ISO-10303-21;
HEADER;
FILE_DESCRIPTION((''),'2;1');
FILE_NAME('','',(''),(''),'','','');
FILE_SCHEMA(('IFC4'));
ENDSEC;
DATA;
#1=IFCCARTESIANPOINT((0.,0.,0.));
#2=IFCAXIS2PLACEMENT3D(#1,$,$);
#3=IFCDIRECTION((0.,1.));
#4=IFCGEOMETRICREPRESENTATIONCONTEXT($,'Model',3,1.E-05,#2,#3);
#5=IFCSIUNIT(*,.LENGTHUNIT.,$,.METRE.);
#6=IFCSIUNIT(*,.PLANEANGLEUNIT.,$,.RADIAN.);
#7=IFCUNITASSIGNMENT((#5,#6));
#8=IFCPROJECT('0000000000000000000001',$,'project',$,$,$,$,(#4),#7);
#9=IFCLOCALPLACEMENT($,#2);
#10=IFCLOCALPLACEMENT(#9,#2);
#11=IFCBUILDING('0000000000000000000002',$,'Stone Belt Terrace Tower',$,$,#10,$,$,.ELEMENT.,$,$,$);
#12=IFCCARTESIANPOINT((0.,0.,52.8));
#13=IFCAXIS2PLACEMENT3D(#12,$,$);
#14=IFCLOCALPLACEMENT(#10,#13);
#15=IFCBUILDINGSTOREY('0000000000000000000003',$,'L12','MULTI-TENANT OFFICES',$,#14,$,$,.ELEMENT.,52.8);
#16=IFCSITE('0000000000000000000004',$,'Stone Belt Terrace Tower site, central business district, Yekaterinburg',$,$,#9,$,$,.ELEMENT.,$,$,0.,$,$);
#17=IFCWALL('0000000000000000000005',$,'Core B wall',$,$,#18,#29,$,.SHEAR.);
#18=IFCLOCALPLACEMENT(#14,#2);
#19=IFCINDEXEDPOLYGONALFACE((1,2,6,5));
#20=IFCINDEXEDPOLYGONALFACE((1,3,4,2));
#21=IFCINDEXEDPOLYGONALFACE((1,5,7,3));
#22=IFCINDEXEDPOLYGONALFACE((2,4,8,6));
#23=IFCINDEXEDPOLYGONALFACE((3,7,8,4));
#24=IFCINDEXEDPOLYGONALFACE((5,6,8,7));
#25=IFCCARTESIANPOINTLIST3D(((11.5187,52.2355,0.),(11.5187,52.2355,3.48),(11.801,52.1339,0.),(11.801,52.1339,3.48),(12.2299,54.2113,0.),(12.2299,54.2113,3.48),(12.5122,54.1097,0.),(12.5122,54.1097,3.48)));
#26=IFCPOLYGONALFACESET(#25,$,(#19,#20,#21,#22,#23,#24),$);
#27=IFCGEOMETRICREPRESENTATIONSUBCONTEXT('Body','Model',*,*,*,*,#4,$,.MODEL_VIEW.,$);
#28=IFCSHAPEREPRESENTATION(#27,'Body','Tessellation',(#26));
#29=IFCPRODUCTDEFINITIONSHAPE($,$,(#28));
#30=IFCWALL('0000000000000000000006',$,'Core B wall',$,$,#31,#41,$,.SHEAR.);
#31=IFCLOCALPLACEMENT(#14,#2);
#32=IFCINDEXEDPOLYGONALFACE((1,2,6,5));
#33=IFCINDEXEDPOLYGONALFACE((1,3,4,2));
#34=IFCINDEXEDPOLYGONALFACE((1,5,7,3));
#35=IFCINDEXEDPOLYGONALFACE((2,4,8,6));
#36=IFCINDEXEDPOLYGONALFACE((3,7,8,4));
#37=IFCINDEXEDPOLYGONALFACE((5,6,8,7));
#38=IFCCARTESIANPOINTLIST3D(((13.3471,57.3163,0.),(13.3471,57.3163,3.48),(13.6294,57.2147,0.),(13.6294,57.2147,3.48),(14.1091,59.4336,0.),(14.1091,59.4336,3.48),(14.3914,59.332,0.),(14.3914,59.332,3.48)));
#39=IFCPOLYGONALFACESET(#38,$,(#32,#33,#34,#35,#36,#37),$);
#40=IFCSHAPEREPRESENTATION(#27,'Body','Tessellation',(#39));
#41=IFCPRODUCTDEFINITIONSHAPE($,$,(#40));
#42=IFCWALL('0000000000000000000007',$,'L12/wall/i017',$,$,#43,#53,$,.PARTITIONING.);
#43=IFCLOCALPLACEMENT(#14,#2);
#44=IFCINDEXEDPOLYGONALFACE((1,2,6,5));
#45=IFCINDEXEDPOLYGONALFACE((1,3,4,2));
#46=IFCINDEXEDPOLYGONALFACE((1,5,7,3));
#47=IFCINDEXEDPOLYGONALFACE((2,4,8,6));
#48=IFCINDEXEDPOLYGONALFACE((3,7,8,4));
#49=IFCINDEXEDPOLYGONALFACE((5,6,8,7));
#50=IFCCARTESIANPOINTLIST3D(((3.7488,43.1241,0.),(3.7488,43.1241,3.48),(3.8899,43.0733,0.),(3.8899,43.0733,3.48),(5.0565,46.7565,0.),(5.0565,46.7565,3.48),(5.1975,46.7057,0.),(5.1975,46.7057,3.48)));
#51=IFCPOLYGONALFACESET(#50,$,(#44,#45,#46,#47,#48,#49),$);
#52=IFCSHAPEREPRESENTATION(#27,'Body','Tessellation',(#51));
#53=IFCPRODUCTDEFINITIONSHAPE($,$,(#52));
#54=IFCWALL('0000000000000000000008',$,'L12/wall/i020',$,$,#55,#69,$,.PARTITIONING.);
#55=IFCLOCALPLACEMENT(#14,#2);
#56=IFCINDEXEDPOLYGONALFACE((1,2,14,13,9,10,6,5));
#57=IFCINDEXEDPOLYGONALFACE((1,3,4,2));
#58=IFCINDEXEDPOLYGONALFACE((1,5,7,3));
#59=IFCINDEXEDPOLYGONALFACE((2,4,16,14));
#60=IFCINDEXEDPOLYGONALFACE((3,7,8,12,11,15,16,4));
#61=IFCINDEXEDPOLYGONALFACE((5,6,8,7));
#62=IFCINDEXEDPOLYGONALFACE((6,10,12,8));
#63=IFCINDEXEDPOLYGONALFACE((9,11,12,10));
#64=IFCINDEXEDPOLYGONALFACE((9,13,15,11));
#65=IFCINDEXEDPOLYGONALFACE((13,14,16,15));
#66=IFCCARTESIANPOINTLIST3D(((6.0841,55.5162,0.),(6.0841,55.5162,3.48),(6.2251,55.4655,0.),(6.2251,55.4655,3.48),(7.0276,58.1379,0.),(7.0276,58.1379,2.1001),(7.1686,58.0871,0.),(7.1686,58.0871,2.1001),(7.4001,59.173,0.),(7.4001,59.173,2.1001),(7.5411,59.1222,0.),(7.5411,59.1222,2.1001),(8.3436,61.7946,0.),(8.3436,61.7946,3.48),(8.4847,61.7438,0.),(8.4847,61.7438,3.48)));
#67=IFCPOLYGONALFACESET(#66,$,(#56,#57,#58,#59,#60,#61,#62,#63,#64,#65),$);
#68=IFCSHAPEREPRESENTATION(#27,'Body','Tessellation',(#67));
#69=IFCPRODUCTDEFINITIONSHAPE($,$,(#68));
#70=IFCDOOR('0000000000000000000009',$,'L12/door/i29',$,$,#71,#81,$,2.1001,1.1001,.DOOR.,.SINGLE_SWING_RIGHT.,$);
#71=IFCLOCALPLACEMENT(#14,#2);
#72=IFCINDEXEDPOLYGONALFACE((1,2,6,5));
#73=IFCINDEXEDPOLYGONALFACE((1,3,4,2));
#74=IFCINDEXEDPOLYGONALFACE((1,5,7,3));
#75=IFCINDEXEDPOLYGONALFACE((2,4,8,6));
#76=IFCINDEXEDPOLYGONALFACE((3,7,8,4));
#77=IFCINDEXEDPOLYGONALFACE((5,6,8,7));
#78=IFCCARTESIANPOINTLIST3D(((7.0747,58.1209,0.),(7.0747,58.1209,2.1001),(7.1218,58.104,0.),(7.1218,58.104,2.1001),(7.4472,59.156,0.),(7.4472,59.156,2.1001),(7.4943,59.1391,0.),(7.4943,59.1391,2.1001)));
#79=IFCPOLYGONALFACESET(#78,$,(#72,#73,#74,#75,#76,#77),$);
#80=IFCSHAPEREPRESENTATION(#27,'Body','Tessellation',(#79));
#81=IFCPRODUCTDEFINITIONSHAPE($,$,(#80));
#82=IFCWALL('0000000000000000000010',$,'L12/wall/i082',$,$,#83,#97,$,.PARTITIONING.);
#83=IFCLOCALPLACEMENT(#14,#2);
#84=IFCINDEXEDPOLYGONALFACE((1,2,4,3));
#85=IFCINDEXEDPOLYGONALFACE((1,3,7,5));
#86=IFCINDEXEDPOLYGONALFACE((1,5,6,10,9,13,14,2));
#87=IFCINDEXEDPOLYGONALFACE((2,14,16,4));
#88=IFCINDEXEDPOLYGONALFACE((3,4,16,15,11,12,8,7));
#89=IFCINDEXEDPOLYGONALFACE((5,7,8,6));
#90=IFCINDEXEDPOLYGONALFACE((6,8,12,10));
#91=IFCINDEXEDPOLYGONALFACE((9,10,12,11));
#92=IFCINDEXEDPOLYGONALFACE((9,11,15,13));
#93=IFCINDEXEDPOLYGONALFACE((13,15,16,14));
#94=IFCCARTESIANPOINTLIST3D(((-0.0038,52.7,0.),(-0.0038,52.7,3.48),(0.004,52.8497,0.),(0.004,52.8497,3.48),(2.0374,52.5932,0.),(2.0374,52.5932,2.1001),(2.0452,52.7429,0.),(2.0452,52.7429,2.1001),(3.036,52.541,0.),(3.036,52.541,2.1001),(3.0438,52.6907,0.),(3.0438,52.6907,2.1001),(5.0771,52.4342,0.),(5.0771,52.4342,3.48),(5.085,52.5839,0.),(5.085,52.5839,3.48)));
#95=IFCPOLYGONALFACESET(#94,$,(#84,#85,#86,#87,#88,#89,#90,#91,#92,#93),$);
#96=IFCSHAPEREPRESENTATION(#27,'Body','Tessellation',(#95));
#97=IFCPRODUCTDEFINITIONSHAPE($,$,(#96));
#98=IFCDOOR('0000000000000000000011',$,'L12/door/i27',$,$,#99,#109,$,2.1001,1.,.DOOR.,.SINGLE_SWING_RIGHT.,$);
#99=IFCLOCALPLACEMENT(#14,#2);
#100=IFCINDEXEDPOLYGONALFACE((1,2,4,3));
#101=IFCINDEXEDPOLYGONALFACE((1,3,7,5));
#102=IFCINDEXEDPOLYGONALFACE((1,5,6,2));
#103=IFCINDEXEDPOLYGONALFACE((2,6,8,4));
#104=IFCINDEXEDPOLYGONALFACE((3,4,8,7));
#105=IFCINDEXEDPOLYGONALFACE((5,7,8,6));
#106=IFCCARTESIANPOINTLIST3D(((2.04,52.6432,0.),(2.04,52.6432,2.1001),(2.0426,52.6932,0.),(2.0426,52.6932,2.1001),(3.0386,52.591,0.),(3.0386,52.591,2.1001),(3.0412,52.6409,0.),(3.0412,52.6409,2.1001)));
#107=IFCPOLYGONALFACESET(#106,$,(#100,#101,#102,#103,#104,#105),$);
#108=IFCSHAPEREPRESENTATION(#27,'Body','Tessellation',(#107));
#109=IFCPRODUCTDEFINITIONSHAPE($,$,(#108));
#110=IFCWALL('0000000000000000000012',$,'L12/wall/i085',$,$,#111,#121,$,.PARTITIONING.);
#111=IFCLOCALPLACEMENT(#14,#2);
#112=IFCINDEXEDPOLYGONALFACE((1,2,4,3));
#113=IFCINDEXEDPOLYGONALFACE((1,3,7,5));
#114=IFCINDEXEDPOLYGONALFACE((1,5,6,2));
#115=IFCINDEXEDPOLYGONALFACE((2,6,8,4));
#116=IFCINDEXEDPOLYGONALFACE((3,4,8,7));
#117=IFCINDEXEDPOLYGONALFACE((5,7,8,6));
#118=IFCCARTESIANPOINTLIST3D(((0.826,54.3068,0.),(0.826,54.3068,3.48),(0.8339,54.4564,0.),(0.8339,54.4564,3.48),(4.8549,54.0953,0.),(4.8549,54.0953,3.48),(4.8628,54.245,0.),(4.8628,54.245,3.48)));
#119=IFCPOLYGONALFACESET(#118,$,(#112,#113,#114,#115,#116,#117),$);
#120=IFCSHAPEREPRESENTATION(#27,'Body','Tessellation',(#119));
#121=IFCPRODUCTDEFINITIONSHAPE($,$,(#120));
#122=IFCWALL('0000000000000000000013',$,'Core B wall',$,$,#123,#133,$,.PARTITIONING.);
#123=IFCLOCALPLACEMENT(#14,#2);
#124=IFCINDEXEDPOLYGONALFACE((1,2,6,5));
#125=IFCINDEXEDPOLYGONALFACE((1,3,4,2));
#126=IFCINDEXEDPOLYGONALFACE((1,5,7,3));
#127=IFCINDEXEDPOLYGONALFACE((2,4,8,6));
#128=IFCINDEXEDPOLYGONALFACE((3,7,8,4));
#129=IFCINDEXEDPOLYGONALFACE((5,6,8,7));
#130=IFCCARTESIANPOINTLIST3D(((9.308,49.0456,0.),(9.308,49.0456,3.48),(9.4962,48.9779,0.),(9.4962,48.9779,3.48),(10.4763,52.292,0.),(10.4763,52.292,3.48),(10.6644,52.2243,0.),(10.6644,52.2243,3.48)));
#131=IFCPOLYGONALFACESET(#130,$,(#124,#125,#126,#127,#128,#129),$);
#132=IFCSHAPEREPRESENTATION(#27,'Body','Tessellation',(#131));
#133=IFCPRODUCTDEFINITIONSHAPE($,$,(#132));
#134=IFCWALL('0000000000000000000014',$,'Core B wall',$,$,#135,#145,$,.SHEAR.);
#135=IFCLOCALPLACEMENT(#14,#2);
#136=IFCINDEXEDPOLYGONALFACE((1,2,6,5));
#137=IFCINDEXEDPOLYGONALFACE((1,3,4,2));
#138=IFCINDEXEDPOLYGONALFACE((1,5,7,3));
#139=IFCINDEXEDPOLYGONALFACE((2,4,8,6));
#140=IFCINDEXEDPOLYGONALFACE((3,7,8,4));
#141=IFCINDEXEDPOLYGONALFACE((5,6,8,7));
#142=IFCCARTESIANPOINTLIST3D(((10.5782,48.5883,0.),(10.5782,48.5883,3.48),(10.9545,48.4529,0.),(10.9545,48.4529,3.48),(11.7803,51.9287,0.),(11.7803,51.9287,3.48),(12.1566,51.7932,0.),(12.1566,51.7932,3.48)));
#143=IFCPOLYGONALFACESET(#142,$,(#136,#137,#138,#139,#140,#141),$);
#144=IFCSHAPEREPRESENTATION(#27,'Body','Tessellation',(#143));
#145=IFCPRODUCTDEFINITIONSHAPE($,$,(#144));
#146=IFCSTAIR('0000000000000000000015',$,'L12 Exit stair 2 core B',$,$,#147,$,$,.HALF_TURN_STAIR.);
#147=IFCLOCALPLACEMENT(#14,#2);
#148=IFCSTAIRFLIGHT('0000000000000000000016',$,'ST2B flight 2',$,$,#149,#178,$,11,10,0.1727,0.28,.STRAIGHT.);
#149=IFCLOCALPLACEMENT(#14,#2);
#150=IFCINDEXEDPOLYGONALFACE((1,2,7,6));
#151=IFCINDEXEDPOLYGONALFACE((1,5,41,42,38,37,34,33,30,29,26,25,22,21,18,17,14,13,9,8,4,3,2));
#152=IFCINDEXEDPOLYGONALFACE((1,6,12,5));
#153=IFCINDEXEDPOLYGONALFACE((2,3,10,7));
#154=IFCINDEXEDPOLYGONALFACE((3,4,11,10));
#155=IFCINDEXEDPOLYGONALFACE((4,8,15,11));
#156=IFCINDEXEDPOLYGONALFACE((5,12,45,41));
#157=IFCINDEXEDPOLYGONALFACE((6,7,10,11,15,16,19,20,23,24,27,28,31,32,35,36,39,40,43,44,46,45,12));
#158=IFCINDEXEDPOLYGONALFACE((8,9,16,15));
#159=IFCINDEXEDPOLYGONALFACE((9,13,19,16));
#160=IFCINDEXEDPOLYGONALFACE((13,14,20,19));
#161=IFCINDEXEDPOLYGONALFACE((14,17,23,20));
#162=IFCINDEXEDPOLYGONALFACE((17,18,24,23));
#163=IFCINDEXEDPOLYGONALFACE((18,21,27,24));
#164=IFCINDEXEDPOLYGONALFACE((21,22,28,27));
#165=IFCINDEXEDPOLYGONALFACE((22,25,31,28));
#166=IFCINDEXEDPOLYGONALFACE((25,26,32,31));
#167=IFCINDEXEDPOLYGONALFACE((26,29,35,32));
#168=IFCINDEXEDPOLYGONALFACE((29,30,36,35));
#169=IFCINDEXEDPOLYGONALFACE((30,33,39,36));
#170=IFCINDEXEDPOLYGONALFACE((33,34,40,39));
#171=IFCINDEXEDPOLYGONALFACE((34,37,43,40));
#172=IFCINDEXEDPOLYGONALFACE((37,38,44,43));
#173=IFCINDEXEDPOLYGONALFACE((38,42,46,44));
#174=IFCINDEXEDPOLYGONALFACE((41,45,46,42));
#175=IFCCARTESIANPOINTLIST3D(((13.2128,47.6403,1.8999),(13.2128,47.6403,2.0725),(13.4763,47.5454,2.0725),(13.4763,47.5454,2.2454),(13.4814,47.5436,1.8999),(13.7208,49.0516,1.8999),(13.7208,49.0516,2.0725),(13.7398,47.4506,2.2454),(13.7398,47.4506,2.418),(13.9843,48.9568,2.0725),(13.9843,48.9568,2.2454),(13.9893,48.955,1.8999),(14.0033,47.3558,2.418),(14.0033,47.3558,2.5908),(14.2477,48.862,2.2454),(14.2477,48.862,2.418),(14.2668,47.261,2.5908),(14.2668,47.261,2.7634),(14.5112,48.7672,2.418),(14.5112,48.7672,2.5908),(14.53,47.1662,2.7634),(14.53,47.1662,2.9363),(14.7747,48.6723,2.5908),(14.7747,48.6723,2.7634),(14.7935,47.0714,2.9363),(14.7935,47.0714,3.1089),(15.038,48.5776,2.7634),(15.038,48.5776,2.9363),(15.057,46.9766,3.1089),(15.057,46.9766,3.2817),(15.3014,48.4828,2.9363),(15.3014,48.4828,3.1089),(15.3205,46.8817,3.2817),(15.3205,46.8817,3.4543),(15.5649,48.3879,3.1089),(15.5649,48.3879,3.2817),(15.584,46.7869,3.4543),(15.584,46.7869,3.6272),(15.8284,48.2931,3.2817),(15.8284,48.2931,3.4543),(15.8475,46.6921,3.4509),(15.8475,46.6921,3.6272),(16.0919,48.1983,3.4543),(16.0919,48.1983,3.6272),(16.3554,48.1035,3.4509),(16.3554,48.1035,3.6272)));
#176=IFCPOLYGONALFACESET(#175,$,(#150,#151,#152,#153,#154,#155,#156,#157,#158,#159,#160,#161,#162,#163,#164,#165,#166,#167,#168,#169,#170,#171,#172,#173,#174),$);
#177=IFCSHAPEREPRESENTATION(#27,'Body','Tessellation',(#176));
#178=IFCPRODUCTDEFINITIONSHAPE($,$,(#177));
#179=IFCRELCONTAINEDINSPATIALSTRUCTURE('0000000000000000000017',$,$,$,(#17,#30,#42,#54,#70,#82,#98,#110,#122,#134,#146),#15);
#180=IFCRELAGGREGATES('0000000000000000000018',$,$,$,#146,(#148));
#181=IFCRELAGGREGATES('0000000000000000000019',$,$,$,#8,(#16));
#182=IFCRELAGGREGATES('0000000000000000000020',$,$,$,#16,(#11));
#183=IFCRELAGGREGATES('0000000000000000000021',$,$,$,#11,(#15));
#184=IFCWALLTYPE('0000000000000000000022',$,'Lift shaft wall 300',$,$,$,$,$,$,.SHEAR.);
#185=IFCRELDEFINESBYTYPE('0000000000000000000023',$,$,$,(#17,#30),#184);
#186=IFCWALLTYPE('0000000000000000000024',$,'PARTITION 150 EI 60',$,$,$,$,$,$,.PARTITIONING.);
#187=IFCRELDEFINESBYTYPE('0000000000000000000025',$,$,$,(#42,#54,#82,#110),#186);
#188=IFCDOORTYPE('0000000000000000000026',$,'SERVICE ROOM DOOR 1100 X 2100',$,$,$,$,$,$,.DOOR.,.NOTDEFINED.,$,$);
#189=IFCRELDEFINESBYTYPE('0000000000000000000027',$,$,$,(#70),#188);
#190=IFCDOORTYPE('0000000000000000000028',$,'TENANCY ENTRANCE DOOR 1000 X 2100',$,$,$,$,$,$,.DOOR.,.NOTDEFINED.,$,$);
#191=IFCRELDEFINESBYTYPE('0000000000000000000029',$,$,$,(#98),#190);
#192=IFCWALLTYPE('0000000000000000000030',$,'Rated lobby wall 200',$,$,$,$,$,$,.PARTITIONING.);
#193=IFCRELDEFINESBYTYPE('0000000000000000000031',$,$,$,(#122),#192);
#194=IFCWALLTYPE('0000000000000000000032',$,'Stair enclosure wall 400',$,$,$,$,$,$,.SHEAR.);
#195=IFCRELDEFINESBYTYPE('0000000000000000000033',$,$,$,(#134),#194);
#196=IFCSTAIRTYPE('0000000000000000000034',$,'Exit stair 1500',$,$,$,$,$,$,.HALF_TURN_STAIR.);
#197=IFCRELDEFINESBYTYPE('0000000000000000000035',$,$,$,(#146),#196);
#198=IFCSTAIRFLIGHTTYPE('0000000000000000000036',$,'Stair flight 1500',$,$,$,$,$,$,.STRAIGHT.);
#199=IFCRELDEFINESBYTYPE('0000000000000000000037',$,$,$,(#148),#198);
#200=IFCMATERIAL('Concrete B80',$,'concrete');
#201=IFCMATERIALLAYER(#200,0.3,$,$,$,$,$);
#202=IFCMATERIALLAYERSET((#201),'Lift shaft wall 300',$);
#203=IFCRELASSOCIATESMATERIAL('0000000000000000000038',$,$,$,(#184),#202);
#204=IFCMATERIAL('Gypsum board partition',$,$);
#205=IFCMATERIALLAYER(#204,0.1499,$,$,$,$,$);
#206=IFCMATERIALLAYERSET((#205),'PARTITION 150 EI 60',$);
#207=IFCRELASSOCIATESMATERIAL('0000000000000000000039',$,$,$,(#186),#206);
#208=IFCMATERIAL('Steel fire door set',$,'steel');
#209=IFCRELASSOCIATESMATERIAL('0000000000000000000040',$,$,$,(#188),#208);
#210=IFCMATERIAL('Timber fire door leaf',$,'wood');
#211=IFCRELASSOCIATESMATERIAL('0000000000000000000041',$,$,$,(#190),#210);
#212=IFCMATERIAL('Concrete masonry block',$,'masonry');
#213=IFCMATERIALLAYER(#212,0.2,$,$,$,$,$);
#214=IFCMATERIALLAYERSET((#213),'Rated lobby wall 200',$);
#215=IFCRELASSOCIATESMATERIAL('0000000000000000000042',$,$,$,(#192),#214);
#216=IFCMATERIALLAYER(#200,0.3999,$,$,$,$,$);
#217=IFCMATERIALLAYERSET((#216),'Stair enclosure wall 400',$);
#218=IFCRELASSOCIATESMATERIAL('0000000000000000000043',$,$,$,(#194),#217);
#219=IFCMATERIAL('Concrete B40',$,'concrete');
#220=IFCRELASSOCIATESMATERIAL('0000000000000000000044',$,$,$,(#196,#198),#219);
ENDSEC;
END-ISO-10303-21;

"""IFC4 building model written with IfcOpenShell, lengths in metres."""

from ifc_helpers import new_model, si_unit, direction, frame, frame_2d, origin, place, context, subcontext, project, spatial, polyline, rectangle, outline, extrude, material, layer, layer_set, type_object, element, fill, aggregate, save


model = new_model("IFC4")

# Units and contexts
model_context = context("Model", 3, precision=1e-05, world=origin(), true_north=direction((0.0, 1.0)))
body_context = subcontext(model_context, "Body", "Model", "MODEL_VIEW")
ifc_project = project(units=[si_unit("LENGTHUNIT", "METRE"), si_unit("PLANEANGLEUNIT", "RADIAN")], contexts=[model_context])

# Site, building, storey
site_placement = place(None, origin())
site = spatial("IfcSite", under=ifc_project, at=site_placement, Name="Stone Belt Terrace Tower site, central business district, Yekaterinburg", CompositionType="ELEMENT", RefElevation=0.0)
building_placement = place(site_placement, origin())
building = spatial("IfcBuilding", under=site, at=building_placement, Name="Stone Belt Terrace Tower", CompositionType="ELEMENT")
storey_placement = place(building_placement, frame((0.0, 0.0, 52.8)))
storey = spatial("IfcBuildingStorey", under=building, at=storey_placement, Name="L12", Description="MULTI-TENANT OFFICES", CompositionType="ELEMENT", Elevation=52.8)

# Shared definitions
ifc_material_1 = material(Name="Concrete B80", Category="concrete")

# Walls
ifc_layer_1 = layer(ifc_material_1, 0.3)
ifc_layer_set_1 = layer_set([ifc_layer_1], Name="Lift shaft wall 300")
wall_type_1 = type_object("IfcWallType", Name="Lift shaft wall 300", PredefinedType="SHEAR", material=ifc_layer_set_1)
wall_1_placement = place(storey_placement, frame((11.6599, 52.1848, 0.0), z_axis=(0.0, 0.0, 1.0), x_axis=(0.33867, 0.940905, 0.0)))
element("IfcWall", 1, at=wall_1_placement, inside=storey, type_object=wall_type_1, Name="Core B wall", PredefinedType="SHEAR", context=body_context, shape_type="SweptSolid", body=[
    extrude(rectangle(XDim=2.0999, YDim=0.3, at=frame_2d((1.0498, 0.0))), origin(), (0.0, 0.0, 1.0), 3.48),
])
wall_2_placement = place(storey_placement, frame((13.4883, 57.2656, 0.0), z_axis=(0.0, 0.0, 1.0), x_axis=(0.338631, 0.940919, 0.0)))
element("IfcWall", 2, at=wall_2_placement, inside=storey, type_object=wall_type_1, Name="Core B wall", PredefinedType="SHEAR", context=body_context, shape_type="SweptSolid", body=[
    extrude(rectangle(XDim=2.2502, YDim=0.3, at=frame_2d((1.125, 0.0))), origin(), (0.0, 0.0, 1.0), 3.48),
])
ifc_material_2 = material(Name="Gypsum board partition")
ifc_layer_2 = layer(ifc_material_2, 0.1499)
ifc_layer_set_2 = layer_set([ifc_layer_2], Name="PARTITION 150 EI 60")
wall_type_2 = type_object("IfcWallType", Name="PARTITION 150 EI 60", PredefinedType="PARTITIONING", material=ifc_layer_set_2)
wall_3_placement = place(storey_placement, frame((5.127, 46.731, 0.0), z_axis=(0.0, 0.0, 1.0), x_axis=(-0.338715, -0.940889, 0.0)))
element("IfcWall", 3, at=wall_3_placement, inside=storey, type_object=wall_type_2, Name="L12/wall/i017", PredefinedType="PARTITIONING", context=body_context, shape_type="SweptSolid", body=[
    extrude(rectangle(XDim=3.8606, YDim=0.1499, at=frame_2d((1.9302, 0.0))), origin(), (0.0, 0.0, 1.0), 3.48),
])

# Walls, openings, doors
wall_4_placement = place(storey_placement, frame((6.1545, 55.4907, 0.0), z_axis=(0.0, 0.0, 1.0), x_axis=(0.33863, 0.94092, 0.0)))
wall_4 = element("IfcWall", 4, at=wall_4_placement, inside=storey, type_object=wall_type_2, Name="L12/wall/i020", PredefinedType="PARTITIONING", context=body_context, shape_type="SweptSolid", body=[
    extrude(rectangle(XDim=6.6726, YDim=0.1499, at=frame_2d((3.3364, 0.0))), origin(), (0.0, 0.0, 1.0), 3.48),
])
opening_1_placement = place(wall_4_placement, frame((2.7864, 0.0, 0.0)))
opening_1 = element("IfcOpeningElement", 5, at=opening_1_placement, cuts=wall_4, PredefinedType="OPENING", context=body_context, shape_type="SweptSolid", body=[
    extrude(rectangle(XDim=1.1001, YDim=2.1001, at=frame_2d((0.55, 1.05))), frame((0.0, 0.085, 0.0), z_axis=(0.0, -1.0, 0.0), x_axis=(1.0, 0.0, 0.0)), (0.0, 0.0, 1.0), 0.1699),
])
ifc_material_3 = material(Name="Steel fire door set", Category="steel")
door_type_1 = type_object("IfcDoorType", Name="SERVICE ROOM DOOR 1100 X 2100", OperationType="NOTDEFINED", PredefinedType="DOOR", material=ifc_material_3)
door_1_placement = place(opening_1_placement, origin())
door_1 = element("IfcDoor", 6, at=door_1_placement, inside=storey, type_object=door_type_1, Name="L12/door/i29", OperationType="SINGLE_SWING_RIGHT", OverallHeight=2.1001, OverallWidth=1.1001, PredefinedType="DOOR", context=body_context, shape_type="SweptSolid", body=[
    extrude(rectangle(XDim=1.1001, YDim=2.1001, at=frame_2d((0.55, 1.05))), frame((0.0, 0.0249, 0.0), z_axis=(0.0, -1.0, 0.0), x_axis=(1.0, 0.0, 0.0)), (0.0, 0.0, 1.0), 0.05),
])
fill(opening_1, door_1)
wall_5_placement = place(storey_placement, frame((5.0811, 52.509, 0.0), z_axis=(0.0, 0.0, 1.0), x_axis=(-0.998634, 0.052254, 0.0)))
wall_5 = element("IfcWall", 7, at=wall_5_placement, inside=storey, type_object=wall_type_2, Name="L12/wall/i082", PredefinedType="PARTITIONING", context=body_context, shape_type="SweptSolid", body=[
    extrude(rectangle(XDim=5.0879, YDim=0.1499, at=frame_2d((2.5439, 0.0))), origin(), (0.0, 0.0, 1.0), 3.48),
])
opening_2_placement = place(wall_5_placement, frame((2.0439, 0.0, 0.0)))
opening_2 = element("IfcOpeningElement", 8, at=opening_2_placement, cuts=wall_5, PredefinedType="OPENING", context=body_context, shape_type="SweptSolid", body=[
    extrude(rectangle(XDim=1.0, YDim=2.1001, at=frame_2d((0.5, 1.05))), frame((0.0, 0.085, 0.0), z_axis=(0.0, -1.0, 0.0), x_axis=(1.0, 0.0, 0.0)), (0.0, 0.0, 1.0), 0.1699),
])
ifc_material_4 = material(Name="Timber fire door leaf", Category="wood")
door_type_2 = type_object("IfcDoorType", Name="TENANCY ENTRANCE DOOR 1000 X 2100", OperationType="NOTDEFINED", PredefinedType="DOOR", material=ifc_material_4)
door_2_placement = place(opening_2_placement, origin())
door_2 = element("IfcDoor", 9, at=door_2_placement, inside=storey, type_object=door_type_2, Name="L12/door/i27", OperationType="SINGLE_SWING_RIGHT", OverallHeight=2.1001, OverallWidth=1.0, PredefinedType="DOOR", context=body_context, shape_type="SweptSolid", body=[
    extrude(rectangle(XDim=1.0, YDim=2.1001, at=frame_2d((0.5, 1.05))), frame((0.0, 0.0249, 0.0), z_axis=(0.0, -1.0, 0.0), x_axis=(1.0, 0.0, 0.0)), (0.0, 0.0, 1.0), 0.05),
])
fill(opening_2, door_2)

# Walls
wall_6_placement = place(storey_placement, frame((0.8301, 54.3816, 0.0), z_axis=(0.0, 0.0, 1.0), x_axis=(0.998626, -0.052406, 0.0)))
element("IfcWall", 10, at=wall_6_placement, inside=storey, type_object=wall_type_2, Name="L12/wall/i085", PredefinedType="PARTITIONING", context=body_context, shape_type="SweptSolid", body=[
    extrude(rectangle(XDim=4.0344, YDim=0.1499, at=frame_2d((2.0171, 0.0))), origin(), (0.0, 0.0, 1.0), 3.48),
])
ifc_material_5 = material(Name="Concrete masonry block", Category="masonry")
ifc_layer_3 = layer(ifc_material_5, 0.2)
ifc_layer_set_3 = layer_set([ifc_layer_3], Name="Rated lobby wall 200")
wall_type_3 = type_object("IfcWallType", Name="Rated lobby wall 200", PredefinedType="PARTITIONING", material=ifc_layer_set_3)
wall_7_placement = place(storey_placement, frame((9.4021, 49.0117, 0.0), z_axis=(0.0, 0.0, 1.0), x_axis=(0.338599, 0.940931, 0.0)))
element("IfcWall", 11, at=wall_7_placement, inside=storey, type_object=wall_type_3, Name="Core B wall", PredefinedType="PARTITIONING", context=body_context, shape_type="SweptSolid", body=[
    extrude(rectangle(XDim=3.4502, YDim=0.2, at=frame_2d((1.7251, 0.0))), origin(), (0.0, 0.0, 1.0), 3.48),
])
ifc_layer_4 = layer(ifc_material_1, 0.3999)
ifc_layer_set_4 = layer_set([ifc_layer_4], Name="Stair enclosure wall 400")
wall_type_4 = type_object("IfcWallType", Name="Stair enclosure wall 400", PredefinedType="SHEAR", material=ifc_layer_set_4)
wall_8_placement = place(storey_placement, frame((10.7664, 48.5208, 0.0), z_axis=(0.0, 0.0, 1.0), x_axis=(0.338627, 0.940921, 0.0)))
element("IfcWall", 12, at=wall_8_placement, inside=storey, type_object=wall_type_4, Name="Core B wall", PredefinedType="SHEAR", context=body_context, shape_type="SweptSolid", body=[
    extrude(rectangle(XDim=3.55, YDim=0.3999, at=frame_2d((1.7749, 0.0))), origin(), (0.0, 0.0, 1.0), 3.48),
])

# Stair, stair flight
ifc_material_6 = material(Name="Concrete B40", Category="concrete")
stair_type = type_object("IfcStairType", Name="Exit stair 1500", PredefinedType="HALF_TURN_STAIR", material=ifc_material_6)
stair_placement = place(storey_placement, origin())
stair = element("IfcStair", 13, at=stair_placement, inside=storey, type_object=stair_type, Name="L12 Exit stair 2 core B", PredefinedType="HALF_TURN_STAIR")
stair_flight_type = type_object("IfcStairFlightType", Name="Stair flight 1500", PredefinedType="STRAIGHT", material=ifc_material_6)
stair_flight_placement = place(storey_placement, frame((13.4668, 48.3459, 1.8999), z_axis=(0.0, 0.0, 1.0), x_axis=(0.940922, -0.338624, 0.0)))
stair_flight = element("IfcStairFlight", 14, at=stair_flight_placement, type_object=stair_flight_type, Name="ST2B flight 2", NumberOfRisers=11, NumberOfTreads=10, PredefinedType="STRAIGHT", RiserHeight=0.1727, TreadLength=0.28, context=body_context, shape_type="SweptSolid", body=[
    extrude(outline(polyline([(0.0, 0.0), (0.0, 0.1726), (0.28, 0.1726), (0.28, 0.3455), (0.5601, 0.3455), (0.5601, 0.5181), (0.8401, 0.5181), (0.8401, 0.6909), (1.1201, 0.6909), (1.1201, 0.8635), (1.3999, 0.8635), (1.3999, 1.0364), (1.6799, 1.0364), (1.6799, 1.209), (1.96, 1.209), (1.96, 1.3818), (2.24, 1.3818), (2.24, 1.5544), (2.52, 1.5544), (2.52, 1.7273), (2.8, 1.7273), (2.8, 1.8999), (2.8, 1.551), (0.2854, 0.0), (0.0, 0.0)])), frame((0.0, 0.75, 0.0), z_axis=(0.0, -1.0, 0.0), x_axis=(1.0, 0.0, 0.0)), (0.0, 0.0, 1.0), 1.5),
])
aggregate(stair, [stair_flight])

save(model, "model.ifc")
